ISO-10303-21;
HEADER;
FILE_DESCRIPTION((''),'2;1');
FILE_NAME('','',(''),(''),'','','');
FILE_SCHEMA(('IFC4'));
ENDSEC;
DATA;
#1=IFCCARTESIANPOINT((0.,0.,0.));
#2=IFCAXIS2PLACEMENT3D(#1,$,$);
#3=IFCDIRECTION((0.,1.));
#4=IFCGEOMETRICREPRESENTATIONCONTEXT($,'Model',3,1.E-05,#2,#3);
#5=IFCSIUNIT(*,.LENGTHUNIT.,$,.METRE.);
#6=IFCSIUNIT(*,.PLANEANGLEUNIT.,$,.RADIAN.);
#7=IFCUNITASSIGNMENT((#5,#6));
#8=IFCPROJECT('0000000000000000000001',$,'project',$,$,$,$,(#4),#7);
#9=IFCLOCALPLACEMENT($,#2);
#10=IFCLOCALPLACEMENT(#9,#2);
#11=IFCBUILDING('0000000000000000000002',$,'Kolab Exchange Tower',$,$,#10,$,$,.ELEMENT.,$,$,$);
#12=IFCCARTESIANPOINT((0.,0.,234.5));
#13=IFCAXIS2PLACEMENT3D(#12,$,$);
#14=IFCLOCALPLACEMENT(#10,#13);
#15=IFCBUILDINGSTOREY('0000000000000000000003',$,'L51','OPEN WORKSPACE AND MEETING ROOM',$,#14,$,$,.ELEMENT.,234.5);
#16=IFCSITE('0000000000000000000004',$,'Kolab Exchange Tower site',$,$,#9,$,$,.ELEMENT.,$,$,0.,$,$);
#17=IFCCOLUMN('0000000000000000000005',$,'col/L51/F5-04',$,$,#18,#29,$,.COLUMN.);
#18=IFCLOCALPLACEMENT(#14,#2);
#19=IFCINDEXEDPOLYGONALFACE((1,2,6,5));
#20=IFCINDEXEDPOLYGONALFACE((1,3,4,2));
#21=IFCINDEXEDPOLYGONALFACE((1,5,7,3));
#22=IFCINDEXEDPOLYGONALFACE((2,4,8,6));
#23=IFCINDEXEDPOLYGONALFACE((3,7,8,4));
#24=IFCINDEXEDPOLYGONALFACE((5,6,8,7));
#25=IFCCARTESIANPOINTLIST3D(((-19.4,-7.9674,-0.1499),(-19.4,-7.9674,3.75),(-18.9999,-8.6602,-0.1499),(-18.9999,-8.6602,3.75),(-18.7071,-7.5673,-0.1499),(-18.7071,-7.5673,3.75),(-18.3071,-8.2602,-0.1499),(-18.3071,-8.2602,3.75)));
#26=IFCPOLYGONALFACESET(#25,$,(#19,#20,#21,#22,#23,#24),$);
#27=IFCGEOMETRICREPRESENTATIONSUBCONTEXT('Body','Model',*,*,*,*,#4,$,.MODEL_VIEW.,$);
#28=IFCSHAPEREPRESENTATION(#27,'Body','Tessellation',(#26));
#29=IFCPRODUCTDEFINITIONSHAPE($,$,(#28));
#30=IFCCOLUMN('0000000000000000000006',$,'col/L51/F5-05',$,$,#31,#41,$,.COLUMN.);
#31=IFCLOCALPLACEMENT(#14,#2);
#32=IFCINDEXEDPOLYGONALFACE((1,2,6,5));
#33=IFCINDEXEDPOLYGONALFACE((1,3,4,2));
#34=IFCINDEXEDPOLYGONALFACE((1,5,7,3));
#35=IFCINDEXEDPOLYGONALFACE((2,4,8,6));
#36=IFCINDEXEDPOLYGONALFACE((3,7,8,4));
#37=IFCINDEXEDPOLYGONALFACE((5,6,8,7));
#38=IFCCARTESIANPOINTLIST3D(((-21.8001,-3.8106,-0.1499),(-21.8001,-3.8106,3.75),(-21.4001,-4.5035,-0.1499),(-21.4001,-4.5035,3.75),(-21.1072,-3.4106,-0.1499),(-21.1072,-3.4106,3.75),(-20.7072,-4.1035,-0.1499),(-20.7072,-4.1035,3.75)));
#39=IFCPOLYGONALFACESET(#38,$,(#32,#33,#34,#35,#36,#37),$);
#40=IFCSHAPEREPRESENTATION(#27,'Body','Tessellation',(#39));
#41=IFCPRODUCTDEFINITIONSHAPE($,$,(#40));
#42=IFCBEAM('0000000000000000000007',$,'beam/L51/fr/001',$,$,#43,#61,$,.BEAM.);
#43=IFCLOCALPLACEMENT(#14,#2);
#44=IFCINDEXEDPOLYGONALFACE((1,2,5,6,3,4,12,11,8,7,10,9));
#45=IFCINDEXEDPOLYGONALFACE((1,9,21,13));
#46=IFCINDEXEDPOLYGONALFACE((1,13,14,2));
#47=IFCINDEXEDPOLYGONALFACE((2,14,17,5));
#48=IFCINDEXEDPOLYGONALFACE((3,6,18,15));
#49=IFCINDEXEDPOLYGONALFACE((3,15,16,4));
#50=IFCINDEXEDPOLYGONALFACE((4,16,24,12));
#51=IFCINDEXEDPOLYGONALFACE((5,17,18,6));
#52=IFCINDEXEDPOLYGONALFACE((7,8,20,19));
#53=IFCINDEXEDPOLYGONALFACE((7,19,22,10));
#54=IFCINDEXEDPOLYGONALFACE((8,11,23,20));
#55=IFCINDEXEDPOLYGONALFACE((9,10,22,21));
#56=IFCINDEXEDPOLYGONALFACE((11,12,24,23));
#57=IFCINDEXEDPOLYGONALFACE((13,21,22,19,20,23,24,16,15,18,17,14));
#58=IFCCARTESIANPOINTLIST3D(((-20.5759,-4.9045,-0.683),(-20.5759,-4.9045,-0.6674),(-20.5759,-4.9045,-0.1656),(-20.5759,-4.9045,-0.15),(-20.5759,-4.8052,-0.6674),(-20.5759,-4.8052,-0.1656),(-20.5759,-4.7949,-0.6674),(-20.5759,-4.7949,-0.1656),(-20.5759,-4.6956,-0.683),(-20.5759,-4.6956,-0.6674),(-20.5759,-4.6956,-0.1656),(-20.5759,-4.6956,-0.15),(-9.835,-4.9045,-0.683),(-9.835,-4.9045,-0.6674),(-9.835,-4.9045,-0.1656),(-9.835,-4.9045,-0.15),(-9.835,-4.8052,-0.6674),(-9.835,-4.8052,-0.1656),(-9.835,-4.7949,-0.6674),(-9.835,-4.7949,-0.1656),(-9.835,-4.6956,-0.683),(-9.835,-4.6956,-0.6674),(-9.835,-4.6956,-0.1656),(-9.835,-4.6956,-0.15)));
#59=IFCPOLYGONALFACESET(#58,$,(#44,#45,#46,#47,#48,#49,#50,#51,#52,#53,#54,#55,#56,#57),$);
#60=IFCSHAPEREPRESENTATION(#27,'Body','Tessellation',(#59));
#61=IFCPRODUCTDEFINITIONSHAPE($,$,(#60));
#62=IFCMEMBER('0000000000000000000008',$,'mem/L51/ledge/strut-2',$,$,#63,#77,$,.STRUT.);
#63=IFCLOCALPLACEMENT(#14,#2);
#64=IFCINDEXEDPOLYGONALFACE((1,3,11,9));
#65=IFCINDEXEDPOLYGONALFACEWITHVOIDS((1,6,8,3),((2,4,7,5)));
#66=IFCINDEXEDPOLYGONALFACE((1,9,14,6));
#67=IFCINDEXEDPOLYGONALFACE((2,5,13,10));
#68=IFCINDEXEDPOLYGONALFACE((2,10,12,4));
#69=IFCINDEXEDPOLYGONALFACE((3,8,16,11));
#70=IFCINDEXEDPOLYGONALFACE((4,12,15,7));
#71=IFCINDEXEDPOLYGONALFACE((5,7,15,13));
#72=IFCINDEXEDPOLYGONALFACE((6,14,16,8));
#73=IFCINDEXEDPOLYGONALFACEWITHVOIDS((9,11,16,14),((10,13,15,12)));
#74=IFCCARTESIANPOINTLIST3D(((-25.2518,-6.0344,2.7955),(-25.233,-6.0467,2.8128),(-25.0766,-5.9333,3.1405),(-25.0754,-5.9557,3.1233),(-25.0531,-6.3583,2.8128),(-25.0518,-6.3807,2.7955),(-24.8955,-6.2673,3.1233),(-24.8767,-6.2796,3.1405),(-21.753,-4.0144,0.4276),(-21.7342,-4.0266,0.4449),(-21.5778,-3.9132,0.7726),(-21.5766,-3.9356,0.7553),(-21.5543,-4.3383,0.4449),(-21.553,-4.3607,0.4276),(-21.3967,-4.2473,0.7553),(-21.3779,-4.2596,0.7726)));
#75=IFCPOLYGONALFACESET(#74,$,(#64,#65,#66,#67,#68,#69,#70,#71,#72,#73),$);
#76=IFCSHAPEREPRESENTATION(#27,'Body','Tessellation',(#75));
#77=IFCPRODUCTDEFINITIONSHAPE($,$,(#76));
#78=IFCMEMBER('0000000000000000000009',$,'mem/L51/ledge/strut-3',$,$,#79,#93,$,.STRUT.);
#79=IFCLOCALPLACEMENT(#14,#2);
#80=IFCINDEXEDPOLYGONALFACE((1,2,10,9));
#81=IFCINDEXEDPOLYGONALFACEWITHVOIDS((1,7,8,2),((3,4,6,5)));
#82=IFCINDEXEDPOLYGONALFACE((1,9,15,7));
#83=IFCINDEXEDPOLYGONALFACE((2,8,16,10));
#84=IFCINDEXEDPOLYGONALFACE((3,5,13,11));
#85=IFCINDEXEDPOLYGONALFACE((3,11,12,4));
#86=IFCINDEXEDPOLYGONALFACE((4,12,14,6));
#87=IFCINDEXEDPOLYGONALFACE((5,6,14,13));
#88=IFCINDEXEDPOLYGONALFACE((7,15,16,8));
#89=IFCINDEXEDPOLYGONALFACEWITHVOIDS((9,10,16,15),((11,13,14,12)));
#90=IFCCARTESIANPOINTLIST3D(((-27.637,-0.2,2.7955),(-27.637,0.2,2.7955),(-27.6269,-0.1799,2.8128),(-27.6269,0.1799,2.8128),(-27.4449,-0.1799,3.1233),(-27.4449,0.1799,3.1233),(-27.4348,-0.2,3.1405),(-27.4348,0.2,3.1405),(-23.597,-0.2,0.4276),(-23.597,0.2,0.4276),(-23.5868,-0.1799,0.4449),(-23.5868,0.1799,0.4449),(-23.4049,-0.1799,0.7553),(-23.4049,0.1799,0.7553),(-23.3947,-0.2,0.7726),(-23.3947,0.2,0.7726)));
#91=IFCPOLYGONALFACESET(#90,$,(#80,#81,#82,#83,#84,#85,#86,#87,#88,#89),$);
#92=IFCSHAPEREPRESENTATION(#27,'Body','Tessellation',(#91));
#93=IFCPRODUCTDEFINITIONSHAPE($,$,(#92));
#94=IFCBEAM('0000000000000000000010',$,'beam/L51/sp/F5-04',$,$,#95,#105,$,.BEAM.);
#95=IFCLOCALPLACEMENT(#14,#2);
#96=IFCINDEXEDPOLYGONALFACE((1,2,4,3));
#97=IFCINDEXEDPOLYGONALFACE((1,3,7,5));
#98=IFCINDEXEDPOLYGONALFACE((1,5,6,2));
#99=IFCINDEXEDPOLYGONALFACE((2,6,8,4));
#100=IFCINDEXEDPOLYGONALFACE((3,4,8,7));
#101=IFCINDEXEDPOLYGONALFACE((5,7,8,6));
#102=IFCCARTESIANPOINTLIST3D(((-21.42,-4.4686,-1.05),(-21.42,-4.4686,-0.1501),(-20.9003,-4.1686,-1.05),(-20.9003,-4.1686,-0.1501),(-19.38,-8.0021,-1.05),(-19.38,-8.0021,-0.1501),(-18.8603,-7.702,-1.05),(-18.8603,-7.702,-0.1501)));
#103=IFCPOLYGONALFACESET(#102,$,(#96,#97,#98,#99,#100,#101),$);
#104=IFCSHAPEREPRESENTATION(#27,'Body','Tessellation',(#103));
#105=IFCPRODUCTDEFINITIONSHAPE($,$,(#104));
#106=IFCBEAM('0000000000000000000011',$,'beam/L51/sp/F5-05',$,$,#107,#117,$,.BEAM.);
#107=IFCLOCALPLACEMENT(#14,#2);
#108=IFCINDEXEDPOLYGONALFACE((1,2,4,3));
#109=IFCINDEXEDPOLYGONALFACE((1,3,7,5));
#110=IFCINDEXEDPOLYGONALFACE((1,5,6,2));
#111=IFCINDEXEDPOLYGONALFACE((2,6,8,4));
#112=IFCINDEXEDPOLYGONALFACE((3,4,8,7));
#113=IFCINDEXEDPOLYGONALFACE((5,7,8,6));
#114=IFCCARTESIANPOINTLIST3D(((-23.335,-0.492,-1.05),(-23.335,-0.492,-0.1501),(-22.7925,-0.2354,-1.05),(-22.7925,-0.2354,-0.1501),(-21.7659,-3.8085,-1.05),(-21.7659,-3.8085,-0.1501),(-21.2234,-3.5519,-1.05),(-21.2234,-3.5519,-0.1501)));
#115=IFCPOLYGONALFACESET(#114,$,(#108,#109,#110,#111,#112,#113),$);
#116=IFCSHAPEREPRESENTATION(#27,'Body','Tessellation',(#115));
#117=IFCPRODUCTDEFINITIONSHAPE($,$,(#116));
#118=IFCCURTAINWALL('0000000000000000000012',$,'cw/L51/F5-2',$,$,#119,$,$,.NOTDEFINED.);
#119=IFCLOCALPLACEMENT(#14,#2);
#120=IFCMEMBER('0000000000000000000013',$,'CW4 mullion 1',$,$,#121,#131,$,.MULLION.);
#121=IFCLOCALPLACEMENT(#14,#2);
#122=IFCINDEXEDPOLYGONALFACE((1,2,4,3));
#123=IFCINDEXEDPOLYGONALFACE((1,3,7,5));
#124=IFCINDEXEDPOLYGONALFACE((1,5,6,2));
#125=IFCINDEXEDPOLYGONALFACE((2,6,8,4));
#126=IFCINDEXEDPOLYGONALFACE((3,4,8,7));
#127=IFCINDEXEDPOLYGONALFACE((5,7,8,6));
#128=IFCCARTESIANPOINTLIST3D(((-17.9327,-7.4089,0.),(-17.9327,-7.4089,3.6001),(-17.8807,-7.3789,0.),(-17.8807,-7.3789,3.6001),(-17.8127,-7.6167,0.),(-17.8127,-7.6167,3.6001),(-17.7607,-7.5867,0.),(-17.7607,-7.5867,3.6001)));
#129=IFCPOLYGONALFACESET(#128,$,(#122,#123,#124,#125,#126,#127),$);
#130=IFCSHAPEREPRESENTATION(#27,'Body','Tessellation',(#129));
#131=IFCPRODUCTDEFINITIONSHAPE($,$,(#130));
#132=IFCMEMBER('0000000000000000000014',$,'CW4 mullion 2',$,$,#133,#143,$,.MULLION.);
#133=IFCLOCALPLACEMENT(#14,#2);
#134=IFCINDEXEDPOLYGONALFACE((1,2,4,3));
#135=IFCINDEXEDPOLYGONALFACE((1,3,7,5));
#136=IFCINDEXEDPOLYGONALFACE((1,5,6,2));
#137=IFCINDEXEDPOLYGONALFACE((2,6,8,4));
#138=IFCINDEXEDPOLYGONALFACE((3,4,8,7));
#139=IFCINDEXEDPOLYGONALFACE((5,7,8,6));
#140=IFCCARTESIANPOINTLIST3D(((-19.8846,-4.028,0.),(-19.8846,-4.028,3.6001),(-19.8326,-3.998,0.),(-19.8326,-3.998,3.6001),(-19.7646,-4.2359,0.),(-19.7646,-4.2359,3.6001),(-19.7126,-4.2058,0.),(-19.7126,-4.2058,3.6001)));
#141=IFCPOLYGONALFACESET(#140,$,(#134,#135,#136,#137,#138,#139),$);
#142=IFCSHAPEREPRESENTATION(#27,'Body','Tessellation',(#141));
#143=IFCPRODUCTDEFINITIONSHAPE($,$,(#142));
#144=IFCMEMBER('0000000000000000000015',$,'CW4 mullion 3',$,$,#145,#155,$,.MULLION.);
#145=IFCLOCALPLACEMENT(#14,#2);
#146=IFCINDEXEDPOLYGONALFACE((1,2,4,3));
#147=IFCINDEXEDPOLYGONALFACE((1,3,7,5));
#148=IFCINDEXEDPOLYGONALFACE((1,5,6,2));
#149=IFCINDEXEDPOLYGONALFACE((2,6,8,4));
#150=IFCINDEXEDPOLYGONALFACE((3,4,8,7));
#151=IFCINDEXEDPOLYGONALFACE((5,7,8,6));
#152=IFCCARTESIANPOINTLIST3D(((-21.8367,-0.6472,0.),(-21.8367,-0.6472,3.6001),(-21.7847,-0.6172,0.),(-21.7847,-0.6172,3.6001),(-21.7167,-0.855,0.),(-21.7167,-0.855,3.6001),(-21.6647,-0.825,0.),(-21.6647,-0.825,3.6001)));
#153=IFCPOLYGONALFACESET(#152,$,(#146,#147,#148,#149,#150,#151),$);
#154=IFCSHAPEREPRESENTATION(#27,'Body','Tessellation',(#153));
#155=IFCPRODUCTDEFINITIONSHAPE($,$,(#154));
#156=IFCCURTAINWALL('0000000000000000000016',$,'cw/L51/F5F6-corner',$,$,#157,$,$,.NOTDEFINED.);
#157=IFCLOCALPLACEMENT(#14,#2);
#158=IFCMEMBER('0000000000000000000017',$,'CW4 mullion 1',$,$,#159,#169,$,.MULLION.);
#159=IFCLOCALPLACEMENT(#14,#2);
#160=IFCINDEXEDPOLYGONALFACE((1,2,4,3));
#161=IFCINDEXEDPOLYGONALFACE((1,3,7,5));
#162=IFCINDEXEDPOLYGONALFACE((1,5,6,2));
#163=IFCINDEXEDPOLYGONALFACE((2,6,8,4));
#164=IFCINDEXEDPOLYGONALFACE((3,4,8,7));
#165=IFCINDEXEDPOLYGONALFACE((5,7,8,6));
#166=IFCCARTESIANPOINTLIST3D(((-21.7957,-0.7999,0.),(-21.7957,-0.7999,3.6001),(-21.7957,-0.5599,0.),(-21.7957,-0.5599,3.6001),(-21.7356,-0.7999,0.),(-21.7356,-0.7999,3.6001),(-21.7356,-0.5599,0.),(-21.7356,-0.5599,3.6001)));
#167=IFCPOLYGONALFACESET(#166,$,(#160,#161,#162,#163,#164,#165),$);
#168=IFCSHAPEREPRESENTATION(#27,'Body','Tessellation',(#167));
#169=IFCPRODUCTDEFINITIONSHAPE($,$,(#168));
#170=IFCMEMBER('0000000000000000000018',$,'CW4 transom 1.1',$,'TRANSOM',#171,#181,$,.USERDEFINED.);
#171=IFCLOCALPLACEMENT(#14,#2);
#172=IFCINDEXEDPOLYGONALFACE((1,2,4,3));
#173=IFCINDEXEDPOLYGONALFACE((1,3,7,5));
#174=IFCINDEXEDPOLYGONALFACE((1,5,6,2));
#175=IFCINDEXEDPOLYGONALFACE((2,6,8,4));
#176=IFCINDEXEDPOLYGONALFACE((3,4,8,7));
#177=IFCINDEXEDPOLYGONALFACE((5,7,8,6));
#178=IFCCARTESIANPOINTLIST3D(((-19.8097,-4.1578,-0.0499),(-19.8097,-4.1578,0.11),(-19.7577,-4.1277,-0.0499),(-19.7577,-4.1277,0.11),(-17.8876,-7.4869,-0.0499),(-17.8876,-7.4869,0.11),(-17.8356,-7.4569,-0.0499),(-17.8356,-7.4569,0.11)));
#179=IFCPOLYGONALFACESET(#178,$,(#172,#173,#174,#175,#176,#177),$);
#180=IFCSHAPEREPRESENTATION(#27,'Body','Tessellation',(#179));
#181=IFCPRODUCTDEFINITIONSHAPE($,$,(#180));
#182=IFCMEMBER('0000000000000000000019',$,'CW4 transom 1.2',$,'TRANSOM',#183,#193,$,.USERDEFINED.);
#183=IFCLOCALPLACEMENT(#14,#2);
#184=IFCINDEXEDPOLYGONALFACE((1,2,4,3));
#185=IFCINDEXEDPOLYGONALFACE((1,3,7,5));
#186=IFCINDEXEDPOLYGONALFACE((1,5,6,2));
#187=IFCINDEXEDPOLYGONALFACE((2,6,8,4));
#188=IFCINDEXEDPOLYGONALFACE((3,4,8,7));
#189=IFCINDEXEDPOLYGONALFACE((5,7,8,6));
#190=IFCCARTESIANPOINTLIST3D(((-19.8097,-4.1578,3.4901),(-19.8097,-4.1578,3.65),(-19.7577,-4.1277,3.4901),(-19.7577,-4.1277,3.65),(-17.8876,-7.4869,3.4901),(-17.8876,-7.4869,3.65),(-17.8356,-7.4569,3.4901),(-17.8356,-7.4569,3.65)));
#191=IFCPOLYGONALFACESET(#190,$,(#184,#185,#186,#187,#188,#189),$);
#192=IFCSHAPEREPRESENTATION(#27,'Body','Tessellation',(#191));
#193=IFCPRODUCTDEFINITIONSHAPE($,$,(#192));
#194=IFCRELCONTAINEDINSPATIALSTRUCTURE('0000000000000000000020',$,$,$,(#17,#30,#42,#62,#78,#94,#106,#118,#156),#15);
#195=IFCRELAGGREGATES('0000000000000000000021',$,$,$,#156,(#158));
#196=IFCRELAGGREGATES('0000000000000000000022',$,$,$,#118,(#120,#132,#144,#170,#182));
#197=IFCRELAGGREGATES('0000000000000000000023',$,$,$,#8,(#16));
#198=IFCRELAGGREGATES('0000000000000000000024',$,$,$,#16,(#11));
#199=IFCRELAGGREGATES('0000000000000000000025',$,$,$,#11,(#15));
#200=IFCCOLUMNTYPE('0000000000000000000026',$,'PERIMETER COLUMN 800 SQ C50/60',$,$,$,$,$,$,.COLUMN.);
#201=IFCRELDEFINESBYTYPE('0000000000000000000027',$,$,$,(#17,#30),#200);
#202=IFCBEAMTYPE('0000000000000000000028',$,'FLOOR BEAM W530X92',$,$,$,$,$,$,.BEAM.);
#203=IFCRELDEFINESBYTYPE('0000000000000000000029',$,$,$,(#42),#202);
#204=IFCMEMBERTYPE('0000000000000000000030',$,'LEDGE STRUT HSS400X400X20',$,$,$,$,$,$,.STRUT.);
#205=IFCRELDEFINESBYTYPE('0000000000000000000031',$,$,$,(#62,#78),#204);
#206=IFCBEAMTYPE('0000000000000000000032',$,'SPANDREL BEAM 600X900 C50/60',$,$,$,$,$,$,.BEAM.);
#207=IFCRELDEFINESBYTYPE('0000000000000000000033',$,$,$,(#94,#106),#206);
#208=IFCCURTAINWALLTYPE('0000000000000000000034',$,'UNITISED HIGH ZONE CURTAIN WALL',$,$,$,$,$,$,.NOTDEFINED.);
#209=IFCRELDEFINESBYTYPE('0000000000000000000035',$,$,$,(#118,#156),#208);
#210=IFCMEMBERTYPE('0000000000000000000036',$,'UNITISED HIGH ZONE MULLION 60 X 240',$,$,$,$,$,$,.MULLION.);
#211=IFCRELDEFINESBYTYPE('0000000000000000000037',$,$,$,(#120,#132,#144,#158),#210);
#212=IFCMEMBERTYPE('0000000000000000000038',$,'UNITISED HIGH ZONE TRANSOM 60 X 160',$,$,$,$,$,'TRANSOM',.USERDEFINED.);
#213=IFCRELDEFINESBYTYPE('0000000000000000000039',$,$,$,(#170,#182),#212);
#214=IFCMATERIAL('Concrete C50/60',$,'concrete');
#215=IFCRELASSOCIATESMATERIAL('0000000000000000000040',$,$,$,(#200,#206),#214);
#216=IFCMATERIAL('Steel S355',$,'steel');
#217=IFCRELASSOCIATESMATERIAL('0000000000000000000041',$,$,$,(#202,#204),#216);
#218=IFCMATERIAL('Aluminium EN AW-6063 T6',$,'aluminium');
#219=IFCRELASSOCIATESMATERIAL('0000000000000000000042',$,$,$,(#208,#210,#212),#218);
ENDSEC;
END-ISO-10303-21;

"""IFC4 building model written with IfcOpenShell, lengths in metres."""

from ifc_helpers import new_model, si_unit, direction, frame, origin, origin_2d, place, context, subcontext, project, spatial, rectangle, hollow_rectangle, i_section, extrude, material, material_profile, profile_set, type_object, element, aggregate, save


model = new_model("IFC4")

# Units and contexts
model_context = context("Model", 3, precision=1e-05, world=origin(), true_north=direction((0.0, 1.0)))
body_context = subcontext(model_context, "Body", "Model", "MODEL_VIEW")
ifc_project = project(units=[si_unit("LENGTHUNIT", "METRE"), si_unit("PLANEANGLEUNIT", "RADIAN")], contexts=[model_context])

# Site, building, storey
site_placement = place(None, origin())
site = spatial("IfcSite", under=ifc_project, at=site_placement, Name="Kolab Exchange Tower site", CompositionType="ELEMENT", RefElevation=0.0)
building_placement = place(site_placement, origin())
building = spatial("IfcBuilding", under=site, at=building_placement, Name="Kolab Exchange Tower", CompositionType="ELEMENT")
storey_placement = place(building_placement, frame((0.0, 0.0, 234.5)))
storey = spatial("IfcBuildingStorey", under=building, at=storey_placement, Name="L51", Description="OPEN WORKSPACE AND MEETING ROOM", CompositionType="ELEMENT", Elevation=234.5)

# Columns
ifc_material_1 = material(Name="Concrete C50/60", Category="concrete")
ifc_material_profile_1 = material_profile(ifc_material_1, rectangle(XDim=0.8, YDim=0.8, at=origin_2d()), Name="RC800")
ifc_profile_set_1 = profile_set([ifc_material_profile_1], Name="Concrete C50/60")
column_type = type_object("IfcColumnType", Name="PERIMETER COLUMN 800 SQ C50/60", PredefinedType="COLUMN", material=ifc_profile_set_1)
for number, where, z_axis, x_axis, name in (
    (1, (-18.8535, -8.1138, -0.1499), (0.0, 0.0, 1.0), (0.866025, 0.5, 0.0), "col/L51/F5-04"),
    (2, (-21.2537, -3.957, -0.1499), (0.0, 0.0, 1.0), (0.866025, 0.5, 0.0), "col/L51/F5-05"),
):
    element("IfcColumn", number, at=place(storey_placement, frame(where, z_axis=z_axis, x_axis=x_axis)), inside=storey, type_object=column_type, Name=name, PredefinedType="COLUMN", context=body_context, shape_type="SweptSolid", body=[
        extrude(rectangle(XDim=0.8, YDim=0.8, at=origin_2d()), origin(), (0.0, 0.0, 1.0), 3.8999),
    ])

# Beam
ifc_material_2 = material(Name="Steel S355", Category="steel")
ifc_material_profile_2 = material_profile(ifc_material_2, i_section(OverallWidth=0.209, OverallDepth=0.533, WebThickness=0.0103, FlangeThickness=0.0156, at=origin_2d()), Name="W530X92")
ifc_profile_set_2 = profile_set([ifc_material_profile_2], Name="Steel S355")
beam_type_1 = type_object("IfcBeamType", Name="FLOOR BEAM W530X92", PredefinedType="BEAM", material=ifc_profile_set_2)
beam_1_placement = place(storey_placement, frame((-20.5759, -4.8, -0.4165), z_axis=(1.0, 0.0, 0.0), x_axis=(0.0, 1.0, 0.0)))
element("IfcBeam", 3, at=beam_1_placement, inside=storey, type_object=beam_type_1, Name="beam/L51/fr/001", PredefinedType="BEAM", context=body_context, shape_type="SweptSolid", body=[
    extrude(i_section(OverallWidth=0.209, OverallDepth=0.533, WebThickness=0.0103, FlangeThickness=0.0156, at=origin_2d()), origin(), (0.0, 0.0, 1.0), 10.741),
])

# Members
ifc_material_profile_3 = material_profile(ifc_material_2, hollow_rectangle(XDim=0.3999, YDim=0.3999, WallThickness=0.02, at=origin_2d()), Name="HSS400X400X20")
ifc_profile_set_3 = profile_set([ifc_material_profile_3], Name="Steel S355")
member_type_1 = type_object("IfcMemberType", Name="LEDGE STRUT HSS400X400X20", PredefinedType="STRUT", material=ifc_profile_set_3)
for number, where, z_axis, x_axis, name in (
    (4, (-21.5654, -4.137, 0.6001), (-0.747149, -0.431366, 0.505659), (0.5, -0.866026, 0.0), "mem/L51/ledge/strut-2"),
    (5, (-23.4958, 0.0, 0.6001), (-0.862733, 0.0, 0.505659), (0.0, -1.0, 0.0), "mem/L51/ledge/strut-3"),
):
    element("IfcMember", number, at=place(storey_placement, frame(where, z_axis=z_axis, x_axis=x_axis)), inside=storey, type_object=member_type_1, Name=name, PredefinedType="STRUT", context=body_context, shape_type="SweptSolid", body=[
        extrude(hollow_rectangle(XDim=0.3999, YDim=0.3999, WallThickness=0.02, at=origin_2d()), origin(), (0.0, 0.0, 1.0), 4.6829),
    ])

# Beams
ifc_material_profile_4 = material_profile(ifc_material_1, rectangle(XDim=0.6001, YDim=0.8999, at=origin_2d()), Name="RC600X900")
ifc_profile_set_4 = profile_set([ifc_material_profile_4], Name="Concrete C50/60")
beam_type_2 = type_object("IfcBeamType", Name="SPANDREL BEAM 600X900 C50/60", PredefinedType="BEAM", material=ifc_profile_set_4)
beam_2_placement = place(storey_placement, frame((-19.1201, -7.8521, -0.6001), z_axis=(-0.5, 0.866025, 0.0), x_axis=(-0.866025, -0.5, 0.0)))
element("IfcBeam", 6, at=beam_2_placement, inside=storey, type_object=beam_type_2, Name="beam/L51/sp/F5-04", PredefinedType="BEAM", context=body_context, shape_type="SweptSolid", body=[
    extrude(rectangle(XDim=0.6001, YDim=0.8999, at=origin_2d()), origin(), (0.0, 0.0, 1.0), 4.0801),
])
beam_3_placement = place(storey_placement, frame((-21.4946, -3.6802, -0.6001), z_axis=(-0.427677, 0.903932, 0.0), x_axis=(-0.903932, -0.427677, 0.0)))
element("IfcBeam", 7, at=beam_3_placement, inside=storey, type_object=beam_type_2, Name="beam/L51/sp/F5-05", PredefinedType="BEAM", context=body_context, shape_type="SweptSolid", body=[
    extrude(rectangle(XDim=0.6001, YDim=0.8999, at=origin_2d()), origin(), (0.0, 0.0, 1.0), 3.6689),
])

# Curtain wall, members
ifc_material_3 = material(Name="Aluminium EN AW-6063 T6", Category="aluminium")
curtain_wall_type = type_object("IfcCurtainWallType", Name="UNITISED HIGH ZONE CURTAIN WALL", PredefinedType="NOTDEFINED", material=ifc_material_3)
curtain_wall_1_placement = place(storey_placement, origin())
curtain_wall_1 = element("IfcCurtainWall", 8, at=curtain_wall_1_placement, inside=storey, type_object=curtain_wall_type, Name="cw/L51/F5-2", PredefinedType="NOTDEFINED")
ifc_material_profile_5 = material_profile(ifc_material_3, rectangle(XDim=0.0601, YDim=0.24, at=origin_2d()), Name="RECT 60X240")
ifc_profile_set_5 = profile_set([ifc_material_profile_5], Name="Aluminium EN AW-6063 T6")
member_type_2 = type_object("IfcMemberType", Name="UNITISED HIGH ZONE MULLION 60 X 240", PredefinedType="MULLION", material=ifc_profile_set_5)
member_1_placement = place(storey_placement, frame((-17.8467, -7.4978, 0.0), z_axis=(0.0, 0.0, 1.0), x_axis=(-0.866025, -0.5, 0.0)))
member_1 = element("IfcMember", 9, at=member_1_placement, type_object=member_type_2, Name="CW4 mullion 1", PredefinedType="MULLION", context=body_context, shape_type="SweptSolid", body=[
    extrude(rectangle(XDim=0.0601, YDim=0.24, at=origin_2d()), origin(), (0.0, 0.0, 1.0), 3.6001),
])
member_2_placement = place(storey_placement, frame((-19.7986, -4.1169, 0.0), z_axis=(0.0, 0.0, 1.0), x_axis=(-0.866025, -0.5, 0.0)))
member_2 = element("IfcMember", 10, at=member_2_placement, type_object=member_type_2, Name="CW4 mullion 2", PredefinedType="MULLION", context=body_context, shape_type="SweptSolid", body=[
    extrude(rectangle(XDim=0.0601, YDim=0.24, at=origin_2d()), origin(), (0.0, 0.0, 1.0), 3.6001),
])
member_3_placement = place(storey_placement, frame((-21.7507, -0.7361, 0.0), z_axis=(0.0, 0.0, 1.0), x_axis=(-0.866025, -0.5, 0.0)))
member_3 = element("IfcMember", 11, at=member_3_placement, type_object=member_type_2, Name="CW4 mullion 3", PredefinedType="MULLION", context=body_context, shape_type="SweptSolid", body=[
    extrude(rectangle(XDim=0.0601, YDim=0.24, at=origin_2d()), origin(), (0.0, 0.0, 1.0), 3.6001),
])

# Curtain wall, member
curtain_wall_2_placement = place(storey_placement, origin())
curtain_wall_2 = element("IfcCurtainWall", 12, at=curtain_wall_2_placement, inside=storey, type_object=curtain_wall_type, Name="cw/L51/F5F6-corner", PredefinedType="NOTDEFINED")
member_4_placement = place(storey_placement, frame((-21.7656, -0.6799, 0.0), z_axis=(0.0, 0.0, 1.0), x_axis=(-1.0, 0.0, 0.0)))
member_4 = element("IfcMember", 13, at=member_4_placement, type_object=member_type_2, Name="CW4 mullion 1", PredefinedType="MULLION", context=body_context, shape_type="SweptSolid", body=[
    extrude(rectangle(XDim=0.0601, YDim=0.24, at=origin_2d()), origin(), (0.0, 0.0, 1.0), 3.6001),
])

# Members
ifc_material_profile_6 = material_profile(ifc_material_3, rectangle(XDim=0.0601, YDim=0.1599, at=origin_2d()), Name="RECT 60X160")
ifc_profile_set_6 = profile_set([ifc_material_profile_6], Name="Aluminium EN AW-6063 T6")
member_type_3 = type_object("IfcMemberType", Name="UNITISED HIGH ZONE TRANSOM 60 X 160", ElementType="TRANSOM", PredefinedType="USERDEFINED", material=ifc_profile_set_6)
member_5_placement = place(storey_placement, frame((-17.8616, -7.4719, 0.03), z_axis=(-0.500012, 0.866018, 0.0), x_axis=(-0.866018, -0.500012, 0.0)))
member_5 = element("IfcMember", 14, at=member_5_placement, type_object=member_type_3, Name="CW4 transom 1.1", ObjectType="TRANSOM", PredefinedType="USERDEFINED", context=body_context, shape_type="SweptSolid", body=[
    extrude(rectangle(XDim=0.0601, YDim=0.1599, at=origin_2d()), origin(), (0.0, 0.0, 1.0), 3.8442),
])
member_6_placement = place(storey_placement, frame((-17.8616, -7.4719, 3.5701), z_axis=(-0.500012, 0.866018, 0.0), x_axis=(-0.866018, -0.500012, 0.0)))
member_6 = element("IfcMember", 15, at=member_6_placement, type_object=member_type_3, Name="CW4 transom 1.2", ObjectType="TRANSOM", PredefinedType="USERDEFINED", context=body_context, shape_type="SweptSolid", body=[
    extrude(rectangle(XDim=0.0601, YDim=0.1599, at=origin_2d()), origin(), (0.0, 0.0, 1.0), 3.8442),
])
aggregate(curtain_wall_2, [member_4])

aggregate(curtain_wall_1, [member_1, member_2, member_3, member_5, member_6])

save(model, "model.ifc")
